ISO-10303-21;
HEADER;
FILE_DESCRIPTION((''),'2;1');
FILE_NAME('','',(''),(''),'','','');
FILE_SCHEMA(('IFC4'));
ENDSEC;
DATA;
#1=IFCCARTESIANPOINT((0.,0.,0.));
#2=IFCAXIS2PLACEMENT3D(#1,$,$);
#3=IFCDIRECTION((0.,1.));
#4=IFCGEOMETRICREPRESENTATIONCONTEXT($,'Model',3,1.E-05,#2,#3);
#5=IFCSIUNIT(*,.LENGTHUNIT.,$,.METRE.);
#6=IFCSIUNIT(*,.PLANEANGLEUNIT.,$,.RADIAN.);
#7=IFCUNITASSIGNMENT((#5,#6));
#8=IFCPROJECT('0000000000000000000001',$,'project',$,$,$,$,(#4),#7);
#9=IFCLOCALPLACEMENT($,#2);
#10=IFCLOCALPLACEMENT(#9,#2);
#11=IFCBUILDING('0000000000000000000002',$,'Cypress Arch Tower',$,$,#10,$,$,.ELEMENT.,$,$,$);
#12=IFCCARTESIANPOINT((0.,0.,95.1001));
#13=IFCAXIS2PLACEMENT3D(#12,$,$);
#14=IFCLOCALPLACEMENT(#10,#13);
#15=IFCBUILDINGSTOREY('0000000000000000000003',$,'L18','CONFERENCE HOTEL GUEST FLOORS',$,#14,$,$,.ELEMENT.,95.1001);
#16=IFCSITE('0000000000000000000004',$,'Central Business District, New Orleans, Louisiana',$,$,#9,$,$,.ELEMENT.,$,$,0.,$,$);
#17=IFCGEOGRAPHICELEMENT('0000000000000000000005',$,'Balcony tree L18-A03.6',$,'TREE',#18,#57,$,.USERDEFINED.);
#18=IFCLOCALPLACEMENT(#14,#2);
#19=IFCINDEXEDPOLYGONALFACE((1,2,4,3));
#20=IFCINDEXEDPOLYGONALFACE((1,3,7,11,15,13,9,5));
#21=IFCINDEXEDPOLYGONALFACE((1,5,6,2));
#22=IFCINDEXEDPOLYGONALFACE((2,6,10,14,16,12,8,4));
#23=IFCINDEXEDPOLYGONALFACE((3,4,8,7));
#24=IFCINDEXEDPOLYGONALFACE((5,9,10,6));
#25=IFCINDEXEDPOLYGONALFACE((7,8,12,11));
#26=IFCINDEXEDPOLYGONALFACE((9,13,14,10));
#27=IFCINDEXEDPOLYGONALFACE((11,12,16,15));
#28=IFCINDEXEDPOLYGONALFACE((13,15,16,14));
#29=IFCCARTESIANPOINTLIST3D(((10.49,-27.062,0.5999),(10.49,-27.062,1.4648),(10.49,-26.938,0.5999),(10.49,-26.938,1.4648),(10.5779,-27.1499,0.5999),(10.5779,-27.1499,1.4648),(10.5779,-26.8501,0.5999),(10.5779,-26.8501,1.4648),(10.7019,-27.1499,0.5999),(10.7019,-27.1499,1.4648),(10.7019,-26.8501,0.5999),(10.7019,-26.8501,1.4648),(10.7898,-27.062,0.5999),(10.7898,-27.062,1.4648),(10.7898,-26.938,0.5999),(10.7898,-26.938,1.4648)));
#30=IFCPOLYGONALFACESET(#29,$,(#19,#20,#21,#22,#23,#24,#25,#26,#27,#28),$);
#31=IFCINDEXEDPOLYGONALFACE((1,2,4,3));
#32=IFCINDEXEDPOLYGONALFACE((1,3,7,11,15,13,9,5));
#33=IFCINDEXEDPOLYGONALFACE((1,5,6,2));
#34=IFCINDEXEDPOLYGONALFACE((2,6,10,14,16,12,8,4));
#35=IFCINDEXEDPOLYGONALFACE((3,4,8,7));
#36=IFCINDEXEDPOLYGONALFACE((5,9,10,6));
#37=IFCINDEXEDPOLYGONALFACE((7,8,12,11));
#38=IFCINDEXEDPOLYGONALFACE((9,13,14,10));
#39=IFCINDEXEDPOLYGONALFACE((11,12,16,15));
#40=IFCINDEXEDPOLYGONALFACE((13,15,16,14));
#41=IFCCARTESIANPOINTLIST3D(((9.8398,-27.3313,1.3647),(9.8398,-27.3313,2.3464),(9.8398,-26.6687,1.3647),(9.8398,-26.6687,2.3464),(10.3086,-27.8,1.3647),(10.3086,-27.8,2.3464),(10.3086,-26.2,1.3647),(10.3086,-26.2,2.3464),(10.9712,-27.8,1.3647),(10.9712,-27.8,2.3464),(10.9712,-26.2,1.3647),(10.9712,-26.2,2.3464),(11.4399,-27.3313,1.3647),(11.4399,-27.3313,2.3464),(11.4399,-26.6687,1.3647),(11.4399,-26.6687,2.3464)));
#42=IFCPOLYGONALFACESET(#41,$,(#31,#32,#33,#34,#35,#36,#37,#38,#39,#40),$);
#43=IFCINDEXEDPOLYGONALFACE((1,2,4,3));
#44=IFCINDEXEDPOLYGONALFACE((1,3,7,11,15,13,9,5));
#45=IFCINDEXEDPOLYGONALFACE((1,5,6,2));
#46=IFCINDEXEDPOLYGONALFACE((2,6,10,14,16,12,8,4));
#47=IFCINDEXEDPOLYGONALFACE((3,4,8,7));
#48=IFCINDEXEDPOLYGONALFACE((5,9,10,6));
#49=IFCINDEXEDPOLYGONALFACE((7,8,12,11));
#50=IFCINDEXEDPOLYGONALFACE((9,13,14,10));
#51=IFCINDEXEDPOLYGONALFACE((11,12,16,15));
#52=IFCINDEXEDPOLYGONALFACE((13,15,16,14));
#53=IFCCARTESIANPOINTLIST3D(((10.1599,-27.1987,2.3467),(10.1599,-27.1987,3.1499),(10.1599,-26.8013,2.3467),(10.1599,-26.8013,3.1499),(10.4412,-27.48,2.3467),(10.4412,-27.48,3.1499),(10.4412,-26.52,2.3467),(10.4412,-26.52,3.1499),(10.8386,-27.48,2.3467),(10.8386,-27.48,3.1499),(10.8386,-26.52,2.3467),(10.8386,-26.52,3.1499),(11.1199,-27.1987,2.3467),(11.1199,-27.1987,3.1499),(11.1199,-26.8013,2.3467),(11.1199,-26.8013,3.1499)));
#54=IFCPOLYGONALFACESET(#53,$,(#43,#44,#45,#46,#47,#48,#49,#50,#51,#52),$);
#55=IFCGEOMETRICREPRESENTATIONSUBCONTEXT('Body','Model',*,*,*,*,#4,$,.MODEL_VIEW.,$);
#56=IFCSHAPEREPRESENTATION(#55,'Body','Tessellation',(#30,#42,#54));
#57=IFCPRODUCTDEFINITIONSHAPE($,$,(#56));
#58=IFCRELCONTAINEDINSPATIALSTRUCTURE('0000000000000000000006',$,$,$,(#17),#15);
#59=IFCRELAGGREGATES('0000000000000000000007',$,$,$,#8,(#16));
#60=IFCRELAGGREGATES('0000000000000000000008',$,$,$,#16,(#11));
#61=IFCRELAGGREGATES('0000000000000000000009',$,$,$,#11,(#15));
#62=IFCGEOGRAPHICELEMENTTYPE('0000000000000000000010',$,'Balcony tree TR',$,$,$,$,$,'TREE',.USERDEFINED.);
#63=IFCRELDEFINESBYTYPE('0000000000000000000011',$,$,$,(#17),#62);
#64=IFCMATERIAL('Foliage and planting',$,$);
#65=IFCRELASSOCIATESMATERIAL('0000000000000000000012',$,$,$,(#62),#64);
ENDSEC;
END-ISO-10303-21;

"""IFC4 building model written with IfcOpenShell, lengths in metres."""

from ifc_helpers import new_model, si_unit, direction, frame, origin, place, context, subcontext, project, spatial, polyline, outline, extrude, material, type_object, element, save


model = new_model("IFC4")

# Units and contexts
model_context = context("Model", 3, precision=1e-05, world=origin(), true_north=direction((0.0, 1.0)))
body_context = subcontext(model_context, "Body", "Model", "MODEL_VIEW")
ifc_project = project(units=[si_unit("LENGTHUNIT", "METRE"), si_unit("PLANEANGLEUNIT", "RADIAN")], contexts=[model_context])

# Site, building, storey
site_placement = place(None, origin())
site = spatial("IfcSite", under=ifc_project, at=site_placement, Name="Central Business District, New Orleans, Louisiana", CompositionType="ELEMENT", RefElevation=0.0)
building_placement = place(site_placement, origin())
building = spatial("IfcBuilding", under=site, at=building_placement, Name="Cypress Arch Tower", CompositionType="ELEMENT")
storey_placement = place(building_placement, frame((0.0, 0.0, 95.1001)))
storey = spatial("IfcBuildingStorey", under=building, at=storey_placement, Name="L18", Description="CONFERENCE HOTEL GUEST FLOORS", CompositionType="ELEMENT", Elevation=95.1001)

# Geographic element
ifc_material_1 = material(Name="Foliage and planting")
geographic_element_type = type_object("IfcGeographicElementType", Name="Balcony tree TR", ElementType="TREE", PredefinedType="USERDEFINED", material=ifc_material_1)
geographic_element_placement = place(storey_placement, frame((10.6399, -27.0, 0.5999), z_axis=(0.0, 0.0, 1.0), x_axis=(1.0, 0.0, 0.0)))
element("IfcGeographicElement", 1, at=geographic_element_placement, inside=storey, type_object=geographic_element_type, Name="Balcony tree L18-A03.6", ObjectType="TREE", PredefinedType="USERDEFINED", context=body_context, shape_type="SweptSolid", body=[
    extrude(outline(polyline([(0.1499, 0.062), (0.062, 0.1499), (-0.062, 0.1499), (-0.1499, 0.062), (-0.1499, -0.062), (-0.062, -0.1499), (0.062, -0.1499), (0.1499, -0.062), (0.1499, 0.062)])), origin(), (0.0, 0.0, 1.0), 0.865),
    extrude(outline(polyline([(0.8, 0.3313), (0.3313, 0.8), (-0.3313, 0.8), (-0.8, 0.3313), (-0.8, -0.3313), (-0.3313, -0.8), (0.3313, -0.8), (0.8, -0.3313), (0.8, 0.3313)])), frame((0.0, 0.0, 0.7649)), (0.0, 0.0, 1.0), 0.9817),
    extrude(outline(polyline([(0.48, 0.1987), (0.1987, 0.48), (-0.1987, 0.48), (-0.48, 0.1987), (-0.48, -0.1987), (-0.1987, -0.48), (0.1987, -0.48), (0.48, -0.1987), (0.48, 0.1987)])), frame((0.0, 0.0, 1.7468)), (0.0, 0.0, 1.0), 0.8032),
])

save(model, "model.ifc")
